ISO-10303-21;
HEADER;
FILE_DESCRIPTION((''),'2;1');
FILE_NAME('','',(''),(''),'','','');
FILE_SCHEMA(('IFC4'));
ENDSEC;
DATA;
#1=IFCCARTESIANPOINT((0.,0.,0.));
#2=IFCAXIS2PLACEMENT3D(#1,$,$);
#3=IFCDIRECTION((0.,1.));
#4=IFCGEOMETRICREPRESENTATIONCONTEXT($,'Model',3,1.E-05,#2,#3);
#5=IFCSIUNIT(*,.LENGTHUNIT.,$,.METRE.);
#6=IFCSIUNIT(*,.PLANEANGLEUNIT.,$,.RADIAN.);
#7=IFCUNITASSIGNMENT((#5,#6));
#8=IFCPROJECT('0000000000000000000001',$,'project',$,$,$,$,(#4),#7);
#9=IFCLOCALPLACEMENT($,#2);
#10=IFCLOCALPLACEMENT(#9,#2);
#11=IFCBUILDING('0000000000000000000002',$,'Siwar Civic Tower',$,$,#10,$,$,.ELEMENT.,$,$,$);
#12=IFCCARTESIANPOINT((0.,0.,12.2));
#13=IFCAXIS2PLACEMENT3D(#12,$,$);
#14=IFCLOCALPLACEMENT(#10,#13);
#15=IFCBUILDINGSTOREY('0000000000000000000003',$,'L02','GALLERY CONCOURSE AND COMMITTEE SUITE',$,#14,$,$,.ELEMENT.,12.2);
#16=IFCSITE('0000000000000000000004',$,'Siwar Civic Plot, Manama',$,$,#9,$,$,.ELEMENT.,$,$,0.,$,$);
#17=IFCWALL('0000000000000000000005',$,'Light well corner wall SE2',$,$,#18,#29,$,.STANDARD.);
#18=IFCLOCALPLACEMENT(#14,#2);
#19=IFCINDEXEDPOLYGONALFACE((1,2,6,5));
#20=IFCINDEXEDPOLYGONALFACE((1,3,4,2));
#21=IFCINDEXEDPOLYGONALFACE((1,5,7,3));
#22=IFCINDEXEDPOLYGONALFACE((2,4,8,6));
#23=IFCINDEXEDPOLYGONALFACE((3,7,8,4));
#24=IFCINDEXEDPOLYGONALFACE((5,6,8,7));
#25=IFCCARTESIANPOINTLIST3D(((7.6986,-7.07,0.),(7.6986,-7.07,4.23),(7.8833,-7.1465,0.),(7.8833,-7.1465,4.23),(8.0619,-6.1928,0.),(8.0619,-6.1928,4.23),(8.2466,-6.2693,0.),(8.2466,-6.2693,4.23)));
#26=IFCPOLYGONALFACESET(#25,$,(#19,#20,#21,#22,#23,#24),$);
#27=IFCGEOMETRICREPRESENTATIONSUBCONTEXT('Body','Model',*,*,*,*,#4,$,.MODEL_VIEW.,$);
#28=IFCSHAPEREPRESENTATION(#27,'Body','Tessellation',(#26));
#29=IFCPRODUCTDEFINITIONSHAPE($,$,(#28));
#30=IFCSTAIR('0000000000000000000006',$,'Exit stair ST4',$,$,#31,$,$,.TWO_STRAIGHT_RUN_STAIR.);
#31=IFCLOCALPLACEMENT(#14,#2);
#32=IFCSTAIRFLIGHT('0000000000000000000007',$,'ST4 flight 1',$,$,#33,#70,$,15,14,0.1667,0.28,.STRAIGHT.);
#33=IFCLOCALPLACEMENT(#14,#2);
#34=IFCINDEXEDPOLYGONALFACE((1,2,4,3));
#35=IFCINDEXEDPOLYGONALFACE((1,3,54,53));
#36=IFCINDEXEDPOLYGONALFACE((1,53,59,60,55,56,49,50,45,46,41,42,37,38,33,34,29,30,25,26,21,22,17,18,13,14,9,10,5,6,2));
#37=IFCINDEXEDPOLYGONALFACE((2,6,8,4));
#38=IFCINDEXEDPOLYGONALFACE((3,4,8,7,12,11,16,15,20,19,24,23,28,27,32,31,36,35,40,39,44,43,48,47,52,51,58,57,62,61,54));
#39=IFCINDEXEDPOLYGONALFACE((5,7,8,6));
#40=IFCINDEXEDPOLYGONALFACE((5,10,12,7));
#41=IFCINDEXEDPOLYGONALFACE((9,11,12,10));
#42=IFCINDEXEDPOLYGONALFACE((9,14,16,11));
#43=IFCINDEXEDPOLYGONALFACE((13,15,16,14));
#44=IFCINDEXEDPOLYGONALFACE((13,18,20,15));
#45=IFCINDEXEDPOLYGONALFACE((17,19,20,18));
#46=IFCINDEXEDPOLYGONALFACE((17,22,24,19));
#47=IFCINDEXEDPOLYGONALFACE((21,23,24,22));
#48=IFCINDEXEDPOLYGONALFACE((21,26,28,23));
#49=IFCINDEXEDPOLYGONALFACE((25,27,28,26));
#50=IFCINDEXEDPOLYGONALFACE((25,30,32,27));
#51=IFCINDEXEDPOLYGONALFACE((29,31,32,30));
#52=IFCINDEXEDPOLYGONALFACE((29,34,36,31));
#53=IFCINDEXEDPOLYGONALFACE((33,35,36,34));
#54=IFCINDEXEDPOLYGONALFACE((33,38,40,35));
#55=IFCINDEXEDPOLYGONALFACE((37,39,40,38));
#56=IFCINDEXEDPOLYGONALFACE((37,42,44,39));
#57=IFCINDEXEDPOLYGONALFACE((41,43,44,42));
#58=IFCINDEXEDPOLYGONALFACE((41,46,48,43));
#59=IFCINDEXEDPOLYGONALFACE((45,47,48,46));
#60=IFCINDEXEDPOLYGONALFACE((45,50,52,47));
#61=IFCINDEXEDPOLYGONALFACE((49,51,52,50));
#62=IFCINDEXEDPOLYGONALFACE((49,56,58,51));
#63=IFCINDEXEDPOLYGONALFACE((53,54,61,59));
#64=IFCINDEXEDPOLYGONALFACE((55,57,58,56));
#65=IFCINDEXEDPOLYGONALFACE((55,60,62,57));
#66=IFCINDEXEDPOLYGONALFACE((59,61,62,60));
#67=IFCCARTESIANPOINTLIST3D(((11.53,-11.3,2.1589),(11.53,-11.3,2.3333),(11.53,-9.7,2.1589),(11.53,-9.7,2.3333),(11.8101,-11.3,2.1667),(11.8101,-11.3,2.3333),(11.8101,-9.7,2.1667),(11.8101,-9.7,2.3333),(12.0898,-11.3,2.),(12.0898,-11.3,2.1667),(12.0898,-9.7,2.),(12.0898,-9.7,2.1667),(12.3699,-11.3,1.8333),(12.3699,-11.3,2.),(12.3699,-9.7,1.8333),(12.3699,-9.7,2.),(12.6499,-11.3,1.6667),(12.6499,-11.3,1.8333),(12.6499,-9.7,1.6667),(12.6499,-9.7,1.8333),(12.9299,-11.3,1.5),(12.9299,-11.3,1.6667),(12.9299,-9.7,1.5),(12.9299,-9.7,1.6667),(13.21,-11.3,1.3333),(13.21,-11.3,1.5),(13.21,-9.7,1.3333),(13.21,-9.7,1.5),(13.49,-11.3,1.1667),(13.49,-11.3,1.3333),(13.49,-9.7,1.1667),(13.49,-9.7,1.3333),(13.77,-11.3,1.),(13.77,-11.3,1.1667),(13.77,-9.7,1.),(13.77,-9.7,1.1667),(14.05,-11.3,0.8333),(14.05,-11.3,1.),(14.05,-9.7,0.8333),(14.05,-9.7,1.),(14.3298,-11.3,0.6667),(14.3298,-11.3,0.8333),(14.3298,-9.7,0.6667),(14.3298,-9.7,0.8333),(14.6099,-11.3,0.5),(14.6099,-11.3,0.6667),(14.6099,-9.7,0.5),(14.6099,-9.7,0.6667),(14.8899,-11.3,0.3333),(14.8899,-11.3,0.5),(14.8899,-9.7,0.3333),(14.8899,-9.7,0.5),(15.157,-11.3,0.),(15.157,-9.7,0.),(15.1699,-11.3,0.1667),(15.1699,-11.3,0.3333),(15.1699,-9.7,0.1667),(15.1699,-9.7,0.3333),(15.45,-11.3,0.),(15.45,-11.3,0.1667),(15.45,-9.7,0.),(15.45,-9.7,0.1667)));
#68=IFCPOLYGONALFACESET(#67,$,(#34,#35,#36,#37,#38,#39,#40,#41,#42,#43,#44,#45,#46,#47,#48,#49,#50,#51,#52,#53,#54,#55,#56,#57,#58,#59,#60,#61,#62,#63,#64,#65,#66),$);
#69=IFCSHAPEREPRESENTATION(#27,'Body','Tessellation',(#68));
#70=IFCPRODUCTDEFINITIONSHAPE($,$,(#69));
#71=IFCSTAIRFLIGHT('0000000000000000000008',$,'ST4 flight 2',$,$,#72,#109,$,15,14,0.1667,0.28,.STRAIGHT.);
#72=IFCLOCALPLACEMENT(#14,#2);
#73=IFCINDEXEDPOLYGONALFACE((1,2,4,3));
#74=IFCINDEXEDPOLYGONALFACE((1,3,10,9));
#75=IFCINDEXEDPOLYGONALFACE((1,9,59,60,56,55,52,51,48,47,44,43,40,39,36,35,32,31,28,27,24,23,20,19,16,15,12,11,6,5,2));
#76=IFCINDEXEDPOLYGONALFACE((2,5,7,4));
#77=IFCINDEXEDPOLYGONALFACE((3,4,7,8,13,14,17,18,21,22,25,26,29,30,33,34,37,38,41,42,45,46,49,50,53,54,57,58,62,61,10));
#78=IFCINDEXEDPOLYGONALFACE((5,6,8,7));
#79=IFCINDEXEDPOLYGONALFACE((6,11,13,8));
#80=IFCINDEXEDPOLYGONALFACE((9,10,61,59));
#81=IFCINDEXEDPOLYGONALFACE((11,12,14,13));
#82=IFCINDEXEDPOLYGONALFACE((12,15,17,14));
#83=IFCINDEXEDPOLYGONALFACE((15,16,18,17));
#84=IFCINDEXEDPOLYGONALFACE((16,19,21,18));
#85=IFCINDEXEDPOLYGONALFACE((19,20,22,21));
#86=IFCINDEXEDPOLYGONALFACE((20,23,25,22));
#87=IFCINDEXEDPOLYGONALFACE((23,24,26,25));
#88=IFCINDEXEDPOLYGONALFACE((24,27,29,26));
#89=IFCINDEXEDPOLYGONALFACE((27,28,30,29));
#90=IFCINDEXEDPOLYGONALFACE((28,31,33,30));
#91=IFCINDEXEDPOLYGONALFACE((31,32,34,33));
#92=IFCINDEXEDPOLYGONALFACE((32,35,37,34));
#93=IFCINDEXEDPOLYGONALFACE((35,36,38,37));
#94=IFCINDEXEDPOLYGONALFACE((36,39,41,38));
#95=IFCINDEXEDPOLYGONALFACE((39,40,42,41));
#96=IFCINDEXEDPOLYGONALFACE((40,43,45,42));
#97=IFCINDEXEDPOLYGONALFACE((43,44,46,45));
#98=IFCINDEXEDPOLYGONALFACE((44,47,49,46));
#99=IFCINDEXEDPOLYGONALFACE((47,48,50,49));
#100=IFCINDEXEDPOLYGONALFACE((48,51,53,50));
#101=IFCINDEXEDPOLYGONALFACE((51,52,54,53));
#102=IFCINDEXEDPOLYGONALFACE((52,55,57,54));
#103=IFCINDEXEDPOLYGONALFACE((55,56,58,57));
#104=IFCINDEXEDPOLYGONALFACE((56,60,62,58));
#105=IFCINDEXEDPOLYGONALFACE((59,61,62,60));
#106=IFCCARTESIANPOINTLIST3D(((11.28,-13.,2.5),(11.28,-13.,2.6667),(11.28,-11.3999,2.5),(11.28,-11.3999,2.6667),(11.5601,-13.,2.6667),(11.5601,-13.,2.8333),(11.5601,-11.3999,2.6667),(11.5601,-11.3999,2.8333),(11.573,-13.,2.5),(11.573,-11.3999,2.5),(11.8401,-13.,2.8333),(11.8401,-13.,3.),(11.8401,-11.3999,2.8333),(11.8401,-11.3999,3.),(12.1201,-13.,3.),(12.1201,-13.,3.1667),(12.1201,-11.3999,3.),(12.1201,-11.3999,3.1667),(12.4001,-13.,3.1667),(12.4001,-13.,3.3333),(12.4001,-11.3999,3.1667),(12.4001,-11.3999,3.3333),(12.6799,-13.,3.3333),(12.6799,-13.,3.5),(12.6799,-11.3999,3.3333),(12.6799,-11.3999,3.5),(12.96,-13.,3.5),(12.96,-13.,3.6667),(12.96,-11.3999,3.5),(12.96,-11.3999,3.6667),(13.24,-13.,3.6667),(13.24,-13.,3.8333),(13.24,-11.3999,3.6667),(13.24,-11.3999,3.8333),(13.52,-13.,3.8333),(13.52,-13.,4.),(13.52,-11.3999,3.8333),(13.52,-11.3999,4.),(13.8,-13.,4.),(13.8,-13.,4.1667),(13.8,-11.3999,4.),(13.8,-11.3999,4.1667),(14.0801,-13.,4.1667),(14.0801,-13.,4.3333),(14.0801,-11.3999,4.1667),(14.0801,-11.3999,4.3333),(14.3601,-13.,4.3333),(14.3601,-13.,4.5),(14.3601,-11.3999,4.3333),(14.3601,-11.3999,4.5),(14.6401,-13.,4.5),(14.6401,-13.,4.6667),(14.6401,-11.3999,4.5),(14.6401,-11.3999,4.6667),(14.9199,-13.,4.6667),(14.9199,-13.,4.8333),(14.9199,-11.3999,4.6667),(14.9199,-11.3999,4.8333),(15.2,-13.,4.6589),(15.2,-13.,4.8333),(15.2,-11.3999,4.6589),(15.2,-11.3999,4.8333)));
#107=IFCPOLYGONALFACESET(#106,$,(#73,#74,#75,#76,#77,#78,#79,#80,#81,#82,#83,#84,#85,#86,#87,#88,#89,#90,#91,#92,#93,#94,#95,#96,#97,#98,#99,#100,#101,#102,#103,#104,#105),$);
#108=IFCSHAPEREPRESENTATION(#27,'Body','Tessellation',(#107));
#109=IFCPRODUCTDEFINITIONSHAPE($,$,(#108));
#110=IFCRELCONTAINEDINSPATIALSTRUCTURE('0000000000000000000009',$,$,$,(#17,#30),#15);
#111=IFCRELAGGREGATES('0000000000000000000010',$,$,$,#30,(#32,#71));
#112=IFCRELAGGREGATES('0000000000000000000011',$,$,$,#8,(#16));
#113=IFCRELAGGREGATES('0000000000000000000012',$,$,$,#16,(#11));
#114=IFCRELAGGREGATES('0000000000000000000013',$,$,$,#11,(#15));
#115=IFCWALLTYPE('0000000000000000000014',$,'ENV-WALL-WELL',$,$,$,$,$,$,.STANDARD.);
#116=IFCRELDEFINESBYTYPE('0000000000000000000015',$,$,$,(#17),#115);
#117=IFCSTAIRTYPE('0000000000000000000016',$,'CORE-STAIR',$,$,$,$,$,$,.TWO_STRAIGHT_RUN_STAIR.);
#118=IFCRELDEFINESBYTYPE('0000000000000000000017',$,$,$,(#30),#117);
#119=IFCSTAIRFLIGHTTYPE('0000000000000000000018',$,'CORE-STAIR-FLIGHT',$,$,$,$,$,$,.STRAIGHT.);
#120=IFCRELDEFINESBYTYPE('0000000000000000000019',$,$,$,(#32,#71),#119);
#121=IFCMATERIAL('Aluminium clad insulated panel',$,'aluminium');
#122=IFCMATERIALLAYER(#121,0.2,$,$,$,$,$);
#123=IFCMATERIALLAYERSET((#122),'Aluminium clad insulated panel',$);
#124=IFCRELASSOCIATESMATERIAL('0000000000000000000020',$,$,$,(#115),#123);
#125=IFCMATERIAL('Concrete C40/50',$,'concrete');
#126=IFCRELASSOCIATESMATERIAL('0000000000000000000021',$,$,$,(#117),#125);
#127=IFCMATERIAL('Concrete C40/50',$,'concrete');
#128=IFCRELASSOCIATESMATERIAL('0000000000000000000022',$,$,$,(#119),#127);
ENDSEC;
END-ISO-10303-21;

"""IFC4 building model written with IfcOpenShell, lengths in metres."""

from ifc_helpers import new_model, si_unit, direction, frame, frame_2d, origin, place, context, subcontext, project, spatial, polyline, rectangle, outline, extrude, material, layer, layer_set, type_object, element, aggregate, save


model = new_model("IFC4")

# Units and contexts
model_context = context("Model", 3, precision=1e-05, world=origin(), true_north=direction((0.0, 1.0)))
body_context = subcontext(model_context, "Body", "Model", "MODEL_VIEW")
ifc_project = project(units=[si_unit("LENGTHUNIT", "METRE"), si_unit("PLANEANGLEUNIT", "RADIAN")], contexts=[model_context])

# Site, building, storey
site_placement = place(None, origin())
site = spatial("IfcSite", under=ifc_project, at=site_placement, Name="Siwar Civic Plot, Manama", CompositionType="ELEMENT", RefElevation=0.0)
building_placement = place(site_placement, origin())
building = spatial("IfcBuilding", under=site, at=building_placement, Name="Siwar Civic Tower", CompositionType="ELEMENT")
storey_placement = place(building_placement, frame((0.0, 0.0, 12.2)))
storey = spatial("IfcBuildingStorey", under=building, at=storey_placement, Name="L02", Description="GALLERY CONCOURSE AND COMMITTEE SUITE", CompositionType="ELEMENT", Elevation=12.2)

# Wall
ifc_material_1 = material(Name="Aluminium clad insulated panel", Category="aluminium")
ifc_layer_1 = layer(ifc_material_1, 0.2)
ifc_layer_set_1 = layer_set([ifc_layer_1], Name="Aluminium clad insulated panel")
wall_type_1 = type_object("IfcWallType", Name="ENV-WALL-WELL", PredefinedType="STANDARD", material=ifc_layer_set_1)
wall_1_placement = place(storey_placement, frame((7.791, -7.1082, 0.0), z_axis=(0.0, 0.0, 1.0), x_axis=(0.382624, 0.923904, 0.0)))
element("IfcWall", 1, at=wall_1_placement, inside=storey, type_object=wall_type_1, Name="Light well corner wall SE2", PredefinedType="STANDARD", context=body_context, shape_type="SweptSolid", body=[
    extrude(rectangle(XDim=0.9495, YDim=0.2, at=frame_2d((0.4746, 0.0))), origin(), (0.0, 0.0, 1.0), 4.23),
])

# Stair, stair flights
ifc_material_2 = material(Name="Concrete C40/50", Category="concrete")
stair_type = type_object("IfcStairType", Name="CORE-STAIR", PredefinedType="TWO_STRAIGHT_RUN_STAIR", material=ifc_material_2)
stair_placement = place(storey_placement, origin())
stair = element("IfcStair", 2, at=stair_placement, inside=storey, type_object=stair_type, Name="Exit stair ST4", PredefinedType="TWO_STRAIGHT_RUN_STAIR")
ifc_material_3 = material(Name="Concrete C40/50", Category="concrete")
stair_flight_type = type_object("IfcStairFlightType", Name="CORE-STAIR-FLIGHT", PredefinedType="STRAIGHT", material=ifc_material_3)
stair_flight_1_placement = place(storey_placement, frame((15.45, -10.5, 0.0), z_axis=(0.0, 0.0, 1.0), x_axis=(-1.0, 0.0, 0.0)))
stair_flight_1 = element("IfcStairFlight", 3, at=stair_flight_1_placement, type_object=stair_flight_type, Name="ST4 flight 1", NumberOfRisers=15, NumberOfTreads=14, PredefinedType="STRAIGHT", RiserHeight=0.1667, TreadLength=0.28, context=body_context, shape_type="SweptSolid", body=[
    extrude(outline(polyline([(0.0, 0.0), (0.0, 0.1667), (0.28, 0.1667), (0.28, 0.3333), (0.5601, 0.3333), (0.5601, 0.5), (0.8401, 0.5), (0.8401, 0.6667), (1.1201, 0.6667), (1.1201, 0.8333), (1.3999, 0.8333), (1.3999, 1.0), (1.6799, 1.0), (1.6799, 1.1667), (1.96, 1.1667), (1.96, 1.3333), (2.24, 1.3333), (2.24, 1.5), (2.52, 1.5), (2.52, 1.6667), (2.8, 1.6667), (2.8, 1.8333), (3.0801, 1.8333), (3.0801, 2.0), (3.3601, 2.0), (3.3601, 2.1667), (3.6399, 2.1667), (3.6399, 2.3333), (3.9199, 2.3333), (3.9199, 2.5), (3.9199, 2.1589), (0.293, 0.0), (0.0, 0.0)])), frame((0.0, 0.8, 0.0), z_axis=(0.0, -1.0, 0.0), x_axis=(1.0, 0.0, 0.0)), (0.0, 0.0, 1.0), 1.6001),
])
stair_flight_2_placement = place(storey_placement, frame((11.28, -12.2, 2.5), z_axis=(0.0, 0.0, 1.0), x_axis=(1.0, 0.0, 0.0)))
stair_flight_2 = element("IfcStairFlight", 4, at=stair_flight_2_placement, type_object=stair_flight_type, Name="ST4 flight 2", NumberOfRisers=15, NumberOfTreads=14, PredefinedType="STRAIGHT", RiserHeight=0.1667, TreadLength=0.28, context=body_context, shape_type="SweptSolid", body=[
    extrude(outline(polyline([(0.0, 0.0), (0.0, 0.1667), (0.28, 0.1667), (0.28, 0.3333), (0.5601, 0.3333), (0.5601, 0.5), (0.8401, 0.5), (0.8401, 0.6667), (1.1201, 0.6667), (1.1201, 0.8333), (1.3999, 0.8333), (1.3999, 1.0), (1.6799, 1.0), (1.6799, 1.1667), (1.96, 1.1667), (1.96, 1.3333), (2.24, 1.3333), (2.24, 1.5), (2.52, 1.5), (2.52, 1.6667), (2.8, 1.6667), (2.8, 1.8333), (3.0801, 1.8333), (3.0801, 2.0), (3.3601, 2.0), (3.3601, 2.1667), (3.6399, 2.1667), (3.6399, 2.3333), (3.9199, 2.3333), (3.9199, 2.5), (3.9199, 2.1589), (0.293, 0.0), (0.0, 0.0)])), frame((0.0, 0.8, 0.0), z_axis=(0.0, -1.0, 0.0), x_axis=(1.0, 0.0, 0.0)), (0.0, 0.0, 1.0), 1.6001),
])
aggregate(stair, [stair_flight_1, stair_flight_2])

save(model, "model.ifc")
